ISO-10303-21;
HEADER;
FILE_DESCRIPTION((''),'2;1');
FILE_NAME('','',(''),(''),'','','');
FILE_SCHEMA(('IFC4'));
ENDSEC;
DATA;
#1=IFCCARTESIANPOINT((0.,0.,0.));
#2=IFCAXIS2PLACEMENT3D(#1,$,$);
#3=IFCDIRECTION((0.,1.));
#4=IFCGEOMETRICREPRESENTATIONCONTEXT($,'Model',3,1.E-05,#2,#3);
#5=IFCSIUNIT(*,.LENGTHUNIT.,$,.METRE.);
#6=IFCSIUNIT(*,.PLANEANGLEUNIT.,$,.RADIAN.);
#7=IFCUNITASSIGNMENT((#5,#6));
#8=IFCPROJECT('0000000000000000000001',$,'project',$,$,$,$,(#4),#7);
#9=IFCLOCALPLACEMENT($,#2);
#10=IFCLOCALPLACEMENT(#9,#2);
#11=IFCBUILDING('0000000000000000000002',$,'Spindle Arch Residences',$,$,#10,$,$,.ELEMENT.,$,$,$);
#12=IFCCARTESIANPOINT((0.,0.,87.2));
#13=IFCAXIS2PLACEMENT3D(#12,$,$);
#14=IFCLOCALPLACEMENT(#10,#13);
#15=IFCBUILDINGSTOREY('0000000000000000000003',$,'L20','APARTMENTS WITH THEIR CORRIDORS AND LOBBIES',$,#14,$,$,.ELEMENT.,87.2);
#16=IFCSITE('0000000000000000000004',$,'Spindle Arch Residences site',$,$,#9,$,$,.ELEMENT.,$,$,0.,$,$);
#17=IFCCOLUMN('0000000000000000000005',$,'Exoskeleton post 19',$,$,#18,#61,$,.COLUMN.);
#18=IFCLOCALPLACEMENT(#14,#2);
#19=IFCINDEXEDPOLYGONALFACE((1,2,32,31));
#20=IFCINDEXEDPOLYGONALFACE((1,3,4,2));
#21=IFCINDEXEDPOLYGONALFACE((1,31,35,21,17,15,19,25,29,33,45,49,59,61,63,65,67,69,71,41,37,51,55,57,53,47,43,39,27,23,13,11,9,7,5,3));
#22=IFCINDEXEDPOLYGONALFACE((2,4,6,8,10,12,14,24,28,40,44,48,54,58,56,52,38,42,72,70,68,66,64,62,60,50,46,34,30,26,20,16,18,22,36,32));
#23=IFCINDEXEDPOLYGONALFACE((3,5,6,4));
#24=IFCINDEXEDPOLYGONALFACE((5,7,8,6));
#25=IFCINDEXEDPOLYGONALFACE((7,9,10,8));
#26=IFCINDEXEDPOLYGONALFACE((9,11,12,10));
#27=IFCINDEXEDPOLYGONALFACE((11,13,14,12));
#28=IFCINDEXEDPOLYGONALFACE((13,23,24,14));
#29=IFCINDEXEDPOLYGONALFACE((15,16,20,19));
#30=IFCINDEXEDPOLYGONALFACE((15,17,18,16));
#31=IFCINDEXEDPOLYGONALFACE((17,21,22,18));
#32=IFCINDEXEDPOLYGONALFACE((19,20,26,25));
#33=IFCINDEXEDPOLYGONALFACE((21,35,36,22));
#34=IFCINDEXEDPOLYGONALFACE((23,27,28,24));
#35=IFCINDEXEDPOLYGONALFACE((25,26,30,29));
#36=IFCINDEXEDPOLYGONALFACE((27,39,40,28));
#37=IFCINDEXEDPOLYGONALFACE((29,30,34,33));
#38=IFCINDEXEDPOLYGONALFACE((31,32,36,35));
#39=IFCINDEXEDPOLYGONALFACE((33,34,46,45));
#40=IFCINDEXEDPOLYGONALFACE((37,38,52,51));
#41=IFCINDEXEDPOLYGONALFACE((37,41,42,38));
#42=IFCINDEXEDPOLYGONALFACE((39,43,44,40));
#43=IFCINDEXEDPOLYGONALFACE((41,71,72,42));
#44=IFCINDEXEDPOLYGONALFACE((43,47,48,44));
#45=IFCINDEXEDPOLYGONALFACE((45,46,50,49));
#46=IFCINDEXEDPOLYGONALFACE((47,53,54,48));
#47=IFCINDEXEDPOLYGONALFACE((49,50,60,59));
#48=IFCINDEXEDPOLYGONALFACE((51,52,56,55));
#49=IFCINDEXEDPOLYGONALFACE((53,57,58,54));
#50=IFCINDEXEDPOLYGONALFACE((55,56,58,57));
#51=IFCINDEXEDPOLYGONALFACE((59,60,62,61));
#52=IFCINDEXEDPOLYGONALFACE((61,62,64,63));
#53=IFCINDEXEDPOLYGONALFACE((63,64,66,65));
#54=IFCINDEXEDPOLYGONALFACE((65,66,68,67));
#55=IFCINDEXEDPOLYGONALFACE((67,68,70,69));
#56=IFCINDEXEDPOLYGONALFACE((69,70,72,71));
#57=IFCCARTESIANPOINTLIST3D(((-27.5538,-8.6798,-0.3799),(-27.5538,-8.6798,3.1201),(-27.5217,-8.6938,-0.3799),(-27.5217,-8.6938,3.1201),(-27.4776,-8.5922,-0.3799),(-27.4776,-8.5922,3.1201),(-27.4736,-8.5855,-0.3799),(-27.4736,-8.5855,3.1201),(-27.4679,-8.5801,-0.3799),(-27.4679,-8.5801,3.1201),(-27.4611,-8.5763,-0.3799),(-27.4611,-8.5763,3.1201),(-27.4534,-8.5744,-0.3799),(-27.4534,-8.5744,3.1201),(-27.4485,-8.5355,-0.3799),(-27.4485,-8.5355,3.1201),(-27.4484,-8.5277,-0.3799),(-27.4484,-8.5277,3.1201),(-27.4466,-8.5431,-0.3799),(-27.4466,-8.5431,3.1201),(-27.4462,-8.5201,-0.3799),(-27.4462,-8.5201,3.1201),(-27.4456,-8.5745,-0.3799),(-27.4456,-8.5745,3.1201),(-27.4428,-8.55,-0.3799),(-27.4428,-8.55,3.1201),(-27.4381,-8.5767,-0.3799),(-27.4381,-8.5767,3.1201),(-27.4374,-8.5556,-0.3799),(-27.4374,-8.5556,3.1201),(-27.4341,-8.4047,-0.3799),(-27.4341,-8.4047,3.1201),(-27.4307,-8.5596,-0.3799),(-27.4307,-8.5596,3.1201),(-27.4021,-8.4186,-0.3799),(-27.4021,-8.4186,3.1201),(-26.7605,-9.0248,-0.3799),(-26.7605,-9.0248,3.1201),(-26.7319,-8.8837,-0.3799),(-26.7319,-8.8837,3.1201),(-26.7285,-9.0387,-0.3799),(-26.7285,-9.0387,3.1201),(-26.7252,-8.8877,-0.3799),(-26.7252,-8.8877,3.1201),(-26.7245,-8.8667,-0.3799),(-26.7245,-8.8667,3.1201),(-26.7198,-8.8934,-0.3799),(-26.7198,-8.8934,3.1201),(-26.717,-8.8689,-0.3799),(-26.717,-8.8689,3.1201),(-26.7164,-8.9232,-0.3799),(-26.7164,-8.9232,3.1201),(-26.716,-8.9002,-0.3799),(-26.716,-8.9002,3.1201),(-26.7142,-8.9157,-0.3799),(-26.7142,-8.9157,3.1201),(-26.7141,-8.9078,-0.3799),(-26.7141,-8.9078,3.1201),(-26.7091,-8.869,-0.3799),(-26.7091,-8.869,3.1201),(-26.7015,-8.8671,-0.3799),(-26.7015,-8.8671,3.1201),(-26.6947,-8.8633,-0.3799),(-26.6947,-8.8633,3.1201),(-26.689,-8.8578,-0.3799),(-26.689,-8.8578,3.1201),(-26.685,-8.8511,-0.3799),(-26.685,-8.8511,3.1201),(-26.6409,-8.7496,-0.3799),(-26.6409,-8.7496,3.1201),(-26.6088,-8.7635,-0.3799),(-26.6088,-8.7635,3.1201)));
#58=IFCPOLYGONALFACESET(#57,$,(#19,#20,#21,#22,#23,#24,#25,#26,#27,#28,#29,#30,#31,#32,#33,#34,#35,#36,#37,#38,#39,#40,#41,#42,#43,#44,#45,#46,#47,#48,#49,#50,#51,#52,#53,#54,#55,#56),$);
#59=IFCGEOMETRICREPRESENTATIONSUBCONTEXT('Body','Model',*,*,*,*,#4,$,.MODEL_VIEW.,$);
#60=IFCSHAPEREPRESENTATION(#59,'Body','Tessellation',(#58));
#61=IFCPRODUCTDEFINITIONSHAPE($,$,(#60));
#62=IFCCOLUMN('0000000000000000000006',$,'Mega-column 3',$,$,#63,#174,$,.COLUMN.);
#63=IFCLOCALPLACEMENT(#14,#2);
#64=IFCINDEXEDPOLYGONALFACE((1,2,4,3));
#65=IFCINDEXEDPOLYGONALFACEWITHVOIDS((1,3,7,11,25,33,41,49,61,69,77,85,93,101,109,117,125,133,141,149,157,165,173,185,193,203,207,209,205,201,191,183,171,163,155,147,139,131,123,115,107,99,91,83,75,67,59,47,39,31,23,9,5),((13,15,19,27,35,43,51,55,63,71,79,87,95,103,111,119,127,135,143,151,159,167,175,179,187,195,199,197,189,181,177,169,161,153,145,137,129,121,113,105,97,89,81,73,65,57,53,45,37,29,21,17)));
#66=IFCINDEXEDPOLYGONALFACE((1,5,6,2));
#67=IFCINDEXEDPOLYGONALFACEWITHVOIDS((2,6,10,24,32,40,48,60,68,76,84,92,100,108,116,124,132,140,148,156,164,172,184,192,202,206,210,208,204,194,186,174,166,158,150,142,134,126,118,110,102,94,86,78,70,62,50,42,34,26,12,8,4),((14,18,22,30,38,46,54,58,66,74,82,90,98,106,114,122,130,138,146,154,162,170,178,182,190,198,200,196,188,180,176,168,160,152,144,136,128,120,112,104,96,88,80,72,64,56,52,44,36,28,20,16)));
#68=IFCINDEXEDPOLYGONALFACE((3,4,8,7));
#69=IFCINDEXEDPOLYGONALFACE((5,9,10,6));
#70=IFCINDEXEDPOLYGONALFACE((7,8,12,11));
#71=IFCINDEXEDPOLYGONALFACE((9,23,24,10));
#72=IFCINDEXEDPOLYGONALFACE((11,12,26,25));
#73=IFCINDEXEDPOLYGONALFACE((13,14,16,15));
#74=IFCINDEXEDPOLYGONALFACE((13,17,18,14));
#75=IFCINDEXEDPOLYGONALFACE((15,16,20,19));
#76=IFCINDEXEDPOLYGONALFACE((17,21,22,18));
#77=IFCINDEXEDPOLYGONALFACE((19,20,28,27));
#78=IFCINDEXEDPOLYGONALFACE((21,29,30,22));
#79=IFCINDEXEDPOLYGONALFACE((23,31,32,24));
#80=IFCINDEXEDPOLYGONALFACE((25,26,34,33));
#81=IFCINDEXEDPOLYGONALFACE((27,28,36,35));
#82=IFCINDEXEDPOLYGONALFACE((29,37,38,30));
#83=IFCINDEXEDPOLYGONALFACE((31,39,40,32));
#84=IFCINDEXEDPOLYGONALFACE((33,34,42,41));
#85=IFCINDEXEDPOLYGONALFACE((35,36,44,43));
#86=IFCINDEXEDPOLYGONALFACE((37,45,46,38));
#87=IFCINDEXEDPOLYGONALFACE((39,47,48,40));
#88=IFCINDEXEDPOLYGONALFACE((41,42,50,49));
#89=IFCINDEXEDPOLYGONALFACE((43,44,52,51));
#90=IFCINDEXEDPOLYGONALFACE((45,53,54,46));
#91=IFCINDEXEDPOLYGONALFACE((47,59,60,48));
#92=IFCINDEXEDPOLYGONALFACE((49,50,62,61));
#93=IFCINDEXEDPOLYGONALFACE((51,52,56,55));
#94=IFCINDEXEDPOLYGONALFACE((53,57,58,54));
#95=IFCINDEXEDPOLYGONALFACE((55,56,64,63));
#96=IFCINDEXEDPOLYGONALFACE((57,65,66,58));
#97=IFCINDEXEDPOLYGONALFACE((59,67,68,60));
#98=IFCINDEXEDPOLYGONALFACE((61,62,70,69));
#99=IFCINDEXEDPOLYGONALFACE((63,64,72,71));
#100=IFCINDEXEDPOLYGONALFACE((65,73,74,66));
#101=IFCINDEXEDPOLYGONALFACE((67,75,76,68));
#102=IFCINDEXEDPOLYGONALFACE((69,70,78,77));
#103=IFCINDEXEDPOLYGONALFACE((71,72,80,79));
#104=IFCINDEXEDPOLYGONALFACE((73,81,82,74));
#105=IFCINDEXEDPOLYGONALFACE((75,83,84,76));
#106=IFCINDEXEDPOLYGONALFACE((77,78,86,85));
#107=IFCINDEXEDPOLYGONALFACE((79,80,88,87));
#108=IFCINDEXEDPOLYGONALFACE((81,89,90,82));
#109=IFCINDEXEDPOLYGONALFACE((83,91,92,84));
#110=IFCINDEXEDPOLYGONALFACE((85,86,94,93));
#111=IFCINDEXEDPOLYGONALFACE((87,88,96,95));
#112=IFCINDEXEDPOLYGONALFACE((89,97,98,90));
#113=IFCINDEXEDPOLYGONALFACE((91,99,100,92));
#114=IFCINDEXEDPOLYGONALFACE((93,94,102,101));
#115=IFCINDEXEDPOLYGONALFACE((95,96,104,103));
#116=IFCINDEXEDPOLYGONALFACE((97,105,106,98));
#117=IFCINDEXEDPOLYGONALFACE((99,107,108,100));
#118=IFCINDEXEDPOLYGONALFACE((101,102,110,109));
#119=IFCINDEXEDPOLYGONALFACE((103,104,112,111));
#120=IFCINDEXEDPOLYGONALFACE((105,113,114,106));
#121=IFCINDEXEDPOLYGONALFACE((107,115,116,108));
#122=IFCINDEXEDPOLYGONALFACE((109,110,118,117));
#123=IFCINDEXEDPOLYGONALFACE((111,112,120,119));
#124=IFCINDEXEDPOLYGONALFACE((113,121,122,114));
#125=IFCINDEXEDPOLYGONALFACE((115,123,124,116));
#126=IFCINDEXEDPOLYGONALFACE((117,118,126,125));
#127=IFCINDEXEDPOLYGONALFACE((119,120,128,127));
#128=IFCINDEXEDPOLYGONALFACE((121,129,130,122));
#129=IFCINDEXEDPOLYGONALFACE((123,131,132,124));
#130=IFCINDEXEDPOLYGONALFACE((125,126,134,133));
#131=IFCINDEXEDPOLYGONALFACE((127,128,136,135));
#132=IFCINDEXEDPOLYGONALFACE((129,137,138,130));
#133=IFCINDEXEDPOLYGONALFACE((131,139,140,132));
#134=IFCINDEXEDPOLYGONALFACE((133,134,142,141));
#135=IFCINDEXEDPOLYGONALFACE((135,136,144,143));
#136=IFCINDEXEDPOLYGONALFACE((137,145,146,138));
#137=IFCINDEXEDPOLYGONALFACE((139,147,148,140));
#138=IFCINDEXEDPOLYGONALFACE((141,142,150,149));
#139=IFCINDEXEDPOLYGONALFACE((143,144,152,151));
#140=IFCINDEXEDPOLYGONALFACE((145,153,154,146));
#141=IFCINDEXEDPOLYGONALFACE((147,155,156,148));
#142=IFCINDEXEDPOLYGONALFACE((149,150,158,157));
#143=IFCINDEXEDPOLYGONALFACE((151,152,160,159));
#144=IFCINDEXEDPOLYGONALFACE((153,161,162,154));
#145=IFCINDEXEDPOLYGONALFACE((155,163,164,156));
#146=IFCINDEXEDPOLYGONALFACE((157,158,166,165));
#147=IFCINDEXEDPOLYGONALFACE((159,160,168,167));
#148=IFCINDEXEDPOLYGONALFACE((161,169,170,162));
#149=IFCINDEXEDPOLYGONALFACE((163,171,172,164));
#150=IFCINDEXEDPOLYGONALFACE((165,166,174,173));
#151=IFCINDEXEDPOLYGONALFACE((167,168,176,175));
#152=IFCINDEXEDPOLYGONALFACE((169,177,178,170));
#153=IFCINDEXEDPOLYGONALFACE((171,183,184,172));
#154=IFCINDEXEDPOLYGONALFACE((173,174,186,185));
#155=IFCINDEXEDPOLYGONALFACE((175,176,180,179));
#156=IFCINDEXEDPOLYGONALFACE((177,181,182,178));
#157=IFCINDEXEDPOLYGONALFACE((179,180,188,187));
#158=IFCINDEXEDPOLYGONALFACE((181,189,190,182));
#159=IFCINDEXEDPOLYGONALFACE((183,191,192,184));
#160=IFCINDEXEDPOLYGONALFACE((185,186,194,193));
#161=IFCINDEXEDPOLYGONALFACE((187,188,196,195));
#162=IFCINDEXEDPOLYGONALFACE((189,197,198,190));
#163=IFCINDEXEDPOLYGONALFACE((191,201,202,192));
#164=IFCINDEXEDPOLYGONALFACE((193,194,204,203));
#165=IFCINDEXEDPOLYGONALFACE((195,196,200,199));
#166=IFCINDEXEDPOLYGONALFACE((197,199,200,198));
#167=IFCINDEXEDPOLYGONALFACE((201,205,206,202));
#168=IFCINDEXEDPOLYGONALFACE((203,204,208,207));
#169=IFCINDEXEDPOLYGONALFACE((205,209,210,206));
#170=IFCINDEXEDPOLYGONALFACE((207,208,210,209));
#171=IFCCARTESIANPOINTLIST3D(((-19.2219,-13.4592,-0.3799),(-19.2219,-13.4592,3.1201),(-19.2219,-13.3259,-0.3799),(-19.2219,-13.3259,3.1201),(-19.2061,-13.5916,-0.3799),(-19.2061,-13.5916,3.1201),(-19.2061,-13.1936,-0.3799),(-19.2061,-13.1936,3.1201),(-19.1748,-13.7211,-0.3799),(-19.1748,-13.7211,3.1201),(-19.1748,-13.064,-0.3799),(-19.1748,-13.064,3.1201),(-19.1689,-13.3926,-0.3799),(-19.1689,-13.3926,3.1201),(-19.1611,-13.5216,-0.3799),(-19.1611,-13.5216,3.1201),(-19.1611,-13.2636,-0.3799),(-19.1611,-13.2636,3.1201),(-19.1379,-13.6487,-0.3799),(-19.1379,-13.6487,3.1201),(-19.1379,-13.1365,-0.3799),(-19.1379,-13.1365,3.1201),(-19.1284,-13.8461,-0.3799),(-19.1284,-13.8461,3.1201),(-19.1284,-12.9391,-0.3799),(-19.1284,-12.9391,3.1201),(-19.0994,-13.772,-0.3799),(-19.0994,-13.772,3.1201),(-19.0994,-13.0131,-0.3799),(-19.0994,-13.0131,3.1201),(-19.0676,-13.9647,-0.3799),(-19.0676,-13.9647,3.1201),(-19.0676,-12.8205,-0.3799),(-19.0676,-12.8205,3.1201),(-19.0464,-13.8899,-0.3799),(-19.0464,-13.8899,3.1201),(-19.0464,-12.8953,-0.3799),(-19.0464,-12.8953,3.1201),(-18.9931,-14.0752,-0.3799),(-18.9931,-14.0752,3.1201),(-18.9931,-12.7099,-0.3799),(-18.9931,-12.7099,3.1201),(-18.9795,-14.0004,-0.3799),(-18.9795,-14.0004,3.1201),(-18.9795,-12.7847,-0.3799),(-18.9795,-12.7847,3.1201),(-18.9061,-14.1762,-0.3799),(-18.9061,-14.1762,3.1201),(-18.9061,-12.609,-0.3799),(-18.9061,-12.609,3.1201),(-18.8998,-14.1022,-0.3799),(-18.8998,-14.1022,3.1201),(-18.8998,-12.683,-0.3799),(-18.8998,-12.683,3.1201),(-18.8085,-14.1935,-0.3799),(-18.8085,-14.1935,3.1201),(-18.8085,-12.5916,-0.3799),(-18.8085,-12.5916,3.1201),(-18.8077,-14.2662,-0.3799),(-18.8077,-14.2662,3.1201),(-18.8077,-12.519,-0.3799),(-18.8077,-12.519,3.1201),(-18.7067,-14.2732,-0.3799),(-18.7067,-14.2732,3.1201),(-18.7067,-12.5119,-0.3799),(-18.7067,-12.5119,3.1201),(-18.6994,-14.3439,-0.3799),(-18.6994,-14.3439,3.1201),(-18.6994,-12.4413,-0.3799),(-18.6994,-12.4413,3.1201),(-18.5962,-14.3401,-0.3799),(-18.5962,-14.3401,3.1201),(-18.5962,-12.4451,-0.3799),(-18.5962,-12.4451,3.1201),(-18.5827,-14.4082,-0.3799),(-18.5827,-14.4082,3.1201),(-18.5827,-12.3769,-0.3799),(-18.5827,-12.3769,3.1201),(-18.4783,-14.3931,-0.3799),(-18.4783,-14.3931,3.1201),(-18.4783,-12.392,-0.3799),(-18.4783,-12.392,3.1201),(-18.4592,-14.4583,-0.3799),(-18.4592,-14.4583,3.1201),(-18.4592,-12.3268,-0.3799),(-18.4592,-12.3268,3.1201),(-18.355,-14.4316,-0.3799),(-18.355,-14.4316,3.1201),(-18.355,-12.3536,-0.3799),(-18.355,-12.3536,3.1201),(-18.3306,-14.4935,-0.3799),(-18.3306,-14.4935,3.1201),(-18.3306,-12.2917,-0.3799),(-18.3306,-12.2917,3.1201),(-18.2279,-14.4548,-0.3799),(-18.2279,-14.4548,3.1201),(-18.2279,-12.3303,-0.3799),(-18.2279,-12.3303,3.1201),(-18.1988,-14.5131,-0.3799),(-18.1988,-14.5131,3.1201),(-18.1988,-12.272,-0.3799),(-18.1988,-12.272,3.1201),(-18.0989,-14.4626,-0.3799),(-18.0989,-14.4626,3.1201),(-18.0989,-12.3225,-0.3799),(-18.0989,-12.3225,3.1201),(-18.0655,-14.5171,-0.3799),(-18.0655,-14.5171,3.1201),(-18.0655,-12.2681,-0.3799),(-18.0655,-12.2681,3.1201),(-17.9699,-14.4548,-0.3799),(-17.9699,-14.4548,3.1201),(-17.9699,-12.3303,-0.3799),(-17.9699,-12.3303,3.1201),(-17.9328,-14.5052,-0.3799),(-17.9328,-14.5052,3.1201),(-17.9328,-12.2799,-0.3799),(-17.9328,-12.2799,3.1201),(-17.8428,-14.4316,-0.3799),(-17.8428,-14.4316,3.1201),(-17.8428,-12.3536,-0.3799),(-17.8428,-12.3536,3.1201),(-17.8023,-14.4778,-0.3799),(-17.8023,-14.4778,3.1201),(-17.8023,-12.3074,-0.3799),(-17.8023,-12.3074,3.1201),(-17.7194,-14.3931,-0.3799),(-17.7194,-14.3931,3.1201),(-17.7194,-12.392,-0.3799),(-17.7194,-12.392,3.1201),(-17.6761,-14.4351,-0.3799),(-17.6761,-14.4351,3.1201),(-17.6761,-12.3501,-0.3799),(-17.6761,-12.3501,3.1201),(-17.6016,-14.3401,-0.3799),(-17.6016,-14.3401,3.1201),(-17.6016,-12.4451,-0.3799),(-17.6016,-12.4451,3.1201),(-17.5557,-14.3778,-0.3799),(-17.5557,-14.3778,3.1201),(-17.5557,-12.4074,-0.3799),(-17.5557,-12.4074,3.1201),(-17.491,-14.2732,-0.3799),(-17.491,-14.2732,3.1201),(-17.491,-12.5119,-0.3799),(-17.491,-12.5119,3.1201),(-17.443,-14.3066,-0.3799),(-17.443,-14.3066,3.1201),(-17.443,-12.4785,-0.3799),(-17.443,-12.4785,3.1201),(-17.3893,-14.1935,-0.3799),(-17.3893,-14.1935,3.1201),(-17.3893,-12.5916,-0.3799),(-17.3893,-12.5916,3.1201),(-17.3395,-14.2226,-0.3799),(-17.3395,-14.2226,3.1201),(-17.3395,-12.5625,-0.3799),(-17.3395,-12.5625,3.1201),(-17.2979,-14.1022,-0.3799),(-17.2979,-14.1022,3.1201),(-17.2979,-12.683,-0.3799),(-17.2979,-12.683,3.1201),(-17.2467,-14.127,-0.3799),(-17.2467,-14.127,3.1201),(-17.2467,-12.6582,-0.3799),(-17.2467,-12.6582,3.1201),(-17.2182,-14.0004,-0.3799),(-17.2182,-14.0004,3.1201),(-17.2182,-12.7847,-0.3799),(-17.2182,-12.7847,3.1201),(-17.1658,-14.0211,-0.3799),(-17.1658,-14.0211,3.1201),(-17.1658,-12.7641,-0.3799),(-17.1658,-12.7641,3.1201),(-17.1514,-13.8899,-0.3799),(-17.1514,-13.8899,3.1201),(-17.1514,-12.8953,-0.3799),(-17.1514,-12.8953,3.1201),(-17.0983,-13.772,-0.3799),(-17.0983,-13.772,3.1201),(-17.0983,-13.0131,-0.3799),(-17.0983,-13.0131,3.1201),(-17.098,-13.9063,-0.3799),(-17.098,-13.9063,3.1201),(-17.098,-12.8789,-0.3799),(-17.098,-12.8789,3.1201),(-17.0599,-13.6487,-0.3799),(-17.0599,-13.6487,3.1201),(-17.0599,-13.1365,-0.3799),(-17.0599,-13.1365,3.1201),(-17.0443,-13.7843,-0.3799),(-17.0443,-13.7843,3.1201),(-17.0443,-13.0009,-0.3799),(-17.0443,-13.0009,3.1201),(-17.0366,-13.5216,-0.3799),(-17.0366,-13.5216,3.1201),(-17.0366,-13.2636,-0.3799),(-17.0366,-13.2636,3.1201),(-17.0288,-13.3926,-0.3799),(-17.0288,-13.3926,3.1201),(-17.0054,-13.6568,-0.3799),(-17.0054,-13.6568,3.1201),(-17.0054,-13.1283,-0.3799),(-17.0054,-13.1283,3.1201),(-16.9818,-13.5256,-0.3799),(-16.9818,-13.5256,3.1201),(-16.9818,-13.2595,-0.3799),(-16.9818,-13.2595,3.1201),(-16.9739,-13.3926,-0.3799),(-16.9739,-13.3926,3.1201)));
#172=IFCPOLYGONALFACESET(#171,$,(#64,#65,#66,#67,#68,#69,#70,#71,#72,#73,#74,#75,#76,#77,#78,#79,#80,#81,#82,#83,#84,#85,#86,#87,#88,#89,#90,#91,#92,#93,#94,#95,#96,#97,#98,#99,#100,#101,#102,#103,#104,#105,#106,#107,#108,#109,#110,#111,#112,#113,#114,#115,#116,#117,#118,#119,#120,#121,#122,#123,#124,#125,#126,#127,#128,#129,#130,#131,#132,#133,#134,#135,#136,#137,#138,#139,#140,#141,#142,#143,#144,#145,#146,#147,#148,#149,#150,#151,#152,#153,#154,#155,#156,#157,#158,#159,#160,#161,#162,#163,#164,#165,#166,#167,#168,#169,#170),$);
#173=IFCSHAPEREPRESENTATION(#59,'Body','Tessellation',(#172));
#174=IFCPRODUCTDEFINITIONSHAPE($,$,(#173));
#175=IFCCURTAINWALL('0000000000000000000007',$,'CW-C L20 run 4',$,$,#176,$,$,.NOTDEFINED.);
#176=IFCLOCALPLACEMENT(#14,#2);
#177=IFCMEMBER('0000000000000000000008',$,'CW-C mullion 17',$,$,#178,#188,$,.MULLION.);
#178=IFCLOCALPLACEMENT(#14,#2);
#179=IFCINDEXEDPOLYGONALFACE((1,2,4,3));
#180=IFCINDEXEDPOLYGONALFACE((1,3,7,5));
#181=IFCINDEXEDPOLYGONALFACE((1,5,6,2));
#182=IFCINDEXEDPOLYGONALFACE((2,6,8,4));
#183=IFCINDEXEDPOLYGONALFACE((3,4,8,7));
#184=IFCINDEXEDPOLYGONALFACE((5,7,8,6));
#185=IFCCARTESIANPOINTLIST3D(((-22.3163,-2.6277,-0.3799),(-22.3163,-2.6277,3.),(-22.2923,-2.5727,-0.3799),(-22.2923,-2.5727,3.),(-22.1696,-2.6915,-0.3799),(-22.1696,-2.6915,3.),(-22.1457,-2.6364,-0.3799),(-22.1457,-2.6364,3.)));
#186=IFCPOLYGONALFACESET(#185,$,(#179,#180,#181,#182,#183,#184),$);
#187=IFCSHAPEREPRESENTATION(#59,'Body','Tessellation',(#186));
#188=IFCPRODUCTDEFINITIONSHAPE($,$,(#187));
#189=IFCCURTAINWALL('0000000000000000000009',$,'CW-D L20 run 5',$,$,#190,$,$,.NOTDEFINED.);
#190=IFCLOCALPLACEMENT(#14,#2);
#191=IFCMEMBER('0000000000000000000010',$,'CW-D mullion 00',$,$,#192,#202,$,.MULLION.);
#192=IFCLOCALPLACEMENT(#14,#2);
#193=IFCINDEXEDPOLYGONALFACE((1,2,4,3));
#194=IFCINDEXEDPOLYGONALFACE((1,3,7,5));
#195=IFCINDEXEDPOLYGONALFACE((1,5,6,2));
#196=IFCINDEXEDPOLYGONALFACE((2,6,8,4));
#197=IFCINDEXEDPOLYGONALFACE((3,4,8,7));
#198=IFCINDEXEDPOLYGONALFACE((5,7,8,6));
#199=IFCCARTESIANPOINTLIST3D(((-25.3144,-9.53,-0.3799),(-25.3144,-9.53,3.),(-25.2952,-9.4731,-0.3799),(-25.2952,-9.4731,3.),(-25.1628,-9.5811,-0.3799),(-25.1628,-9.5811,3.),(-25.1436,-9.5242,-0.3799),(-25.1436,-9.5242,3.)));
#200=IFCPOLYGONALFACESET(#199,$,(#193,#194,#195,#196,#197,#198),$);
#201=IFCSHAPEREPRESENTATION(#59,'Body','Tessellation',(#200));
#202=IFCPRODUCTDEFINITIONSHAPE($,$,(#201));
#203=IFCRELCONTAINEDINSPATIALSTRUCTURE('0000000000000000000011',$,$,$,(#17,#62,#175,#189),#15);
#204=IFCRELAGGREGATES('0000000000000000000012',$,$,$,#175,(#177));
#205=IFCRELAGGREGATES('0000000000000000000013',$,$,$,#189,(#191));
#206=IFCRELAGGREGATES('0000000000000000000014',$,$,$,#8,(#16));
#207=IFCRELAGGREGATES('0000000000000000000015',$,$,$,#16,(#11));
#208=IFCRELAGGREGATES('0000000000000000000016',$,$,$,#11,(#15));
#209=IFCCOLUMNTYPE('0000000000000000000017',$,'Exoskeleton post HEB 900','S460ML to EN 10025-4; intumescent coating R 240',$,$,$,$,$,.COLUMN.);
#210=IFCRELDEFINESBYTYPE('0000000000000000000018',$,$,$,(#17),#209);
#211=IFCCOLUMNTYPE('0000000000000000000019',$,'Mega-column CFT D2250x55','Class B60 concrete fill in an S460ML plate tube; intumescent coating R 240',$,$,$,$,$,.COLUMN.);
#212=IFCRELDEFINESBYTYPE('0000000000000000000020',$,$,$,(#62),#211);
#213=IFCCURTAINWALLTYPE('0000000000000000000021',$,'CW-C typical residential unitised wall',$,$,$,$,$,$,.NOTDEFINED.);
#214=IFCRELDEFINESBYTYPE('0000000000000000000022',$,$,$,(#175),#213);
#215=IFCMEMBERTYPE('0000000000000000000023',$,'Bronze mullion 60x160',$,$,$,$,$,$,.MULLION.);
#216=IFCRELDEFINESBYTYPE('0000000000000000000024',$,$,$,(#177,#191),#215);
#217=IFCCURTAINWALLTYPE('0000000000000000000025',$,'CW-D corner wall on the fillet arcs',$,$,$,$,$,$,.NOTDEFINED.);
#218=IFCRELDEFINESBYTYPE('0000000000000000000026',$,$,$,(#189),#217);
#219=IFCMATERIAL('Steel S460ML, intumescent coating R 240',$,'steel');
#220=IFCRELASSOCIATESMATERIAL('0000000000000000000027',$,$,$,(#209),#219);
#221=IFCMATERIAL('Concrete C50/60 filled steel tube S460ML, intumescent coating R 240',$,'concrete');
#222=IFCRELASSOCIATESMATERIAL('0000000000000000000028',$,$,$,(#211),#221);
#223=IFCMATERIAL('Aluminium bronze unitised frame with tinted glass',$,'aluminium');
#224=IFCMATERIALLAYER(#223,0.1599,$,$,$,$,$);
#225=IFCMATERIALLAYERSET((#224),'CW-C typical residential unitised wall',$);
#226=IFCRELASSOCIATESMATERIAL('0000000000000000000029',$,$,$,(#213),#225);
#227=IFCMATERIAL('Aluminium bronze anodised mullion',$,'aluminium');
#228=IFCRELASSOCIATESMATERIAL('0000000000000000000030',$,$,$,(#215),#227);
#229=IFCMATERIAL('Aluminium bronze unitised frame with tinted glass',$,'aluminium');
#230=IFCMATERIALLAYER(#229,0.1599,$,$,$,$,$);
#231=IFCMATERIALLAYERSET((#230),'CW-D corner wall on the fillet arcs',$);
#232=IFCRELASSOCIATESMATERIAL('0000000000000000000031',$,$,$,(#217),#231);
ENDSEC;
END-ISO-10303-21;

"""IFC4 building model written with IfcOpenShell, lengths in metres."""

from ifc_helpers import new_model, si_unit, direction, frame, origin, origin_2d, place, context, subcontext, project, spatial, rectangle, hollow_circle, i_section, extrude, material, layer, layer_set, material_profile, profile_set, type_object, element, aggregate, save


model = new_model("IFC4")

# Units and contexts
model_context = context("Model", 3, precision=1e-05, world=origin(), true_north=direction((0.0, 1.0)))
body_context = subcontext(model_context, "Body", "Model", "MODEL_VIEW")
ifc_project = project(units=[si_unit("LENGTHUNIT", "METRE"), si_unit("PLANEANGLEUNIT", "RADIAN")], contexts=[model_context])

# Site, building, storey
site_placement = place(None, origin())
site = spatial("IfcSite", under=ifc_project, at=site_placement, Name="Spindle Arch Residences site", CompositionType="ELEMENT", RefElevation=0.0)
building_placement = place(site_placement, origin())
building = spatial("IfcBuilding", under=site, at=building_placement, Name="Spindle Arch Residences", CompositionType="ELEMENT")
storey_placement = place(building_placement, frame((0.0, 0.0, 87.2)))
storey = spatial("IfcBuildingStorey", under=building, at=storey_placement, Name="L20", Description="APARTMENTS WITH THEIR CORRIDORS AND LOBBIES", CompositionType="ELEMENT", Elevation=87.2)

# Columns
ifc_material_1 = material(Name="Steel S460ML, intumescent coating R 240", Category="steel")
ifc_material_profile_1 = material_profile(ifc_material_1, i_section(OverallWidth=0.3, OverallDepth=0.8999, WebThickness=0.0186, FlangeThickness=0.0349, FilletRadius=0.03, at=origin_2d()), Name="HEB 900")
ifc_profile_set_1 = profile_set([ifc_material_profile_1], Name="Steel S460ML, intumescent coating R 240")
column_type_1 = type_object("IfcColumnType", Name="Exoskeleton post HEB 900", Description="S460ML to EN 10025-4; intumescent coating R 240", PredefinedType="COLUMN", material=ifc_profile_set_1)
column_1_placement = place(storey_placement, frame((-27.0813, -8.7217, -0.3799), z_axis=(0.0, 0.0, 1.0), x_axis=(0.398749, 0.91706, 0.0)))
element("IfcColumn", 1, at=column_1_placement, inside=storey, type_object=column_type_1, Name="Exoskeleton post 19", PredefinedType="COLUMN", context=body_context, shape_type="SweptSolid", body=[
    extrude(i_section(OverallWidth=0.3, OverallDepth=0.8999, WebThickness=0.0186, FlangeThickness=0.0349, FilletRadius=0.03, at=origin_2d()), origin(), (0.0, 0.0, 1.0), 3.5),
])
ifc_material_2 = material(Name="Concrete C50/60 filled steel tube S460ML, intumescent coating R 240", Category="concrete")
ifc_material_profile_2 = material_profile(ifc_material_2, hollow_circle(Radius=1.125, WallThickness=0.0549, at=origin_2d()), Name="CFT D2250x55")
ifc_profile_set_2 = profile_set([ifc_material_profile_2], Name="Concrete C50/60 filled steel tube S460ML, intumescent coating R 240")
column_type_2 = type_object("IfcColumnType", Name="Mega-column CFT D2250x55", Description="Class B60 concrete fill in an S460ML plate tube; intumescent coating R 240", PredefinedType="COLUMN", material=ifc_profile_set_2)
column_2_placement = place(storey_placement, frame((-18.0989, -13.3926, -0.3799), z_axis=(0.0, 0.0, 1.0), x_axis=(1.0, 0.0, 0.0)))
element("IfcColumn", 2, at=column_2_placement, inside=storey, type_object=column_type_2, Name="Mega-column 3", PredefinedType="COLUMN", context=body_context, shape_type="SweptSolid", body=[
    extrude(hollow_circle(Radius=1.125, WallThickness=0.0549, at=origin_2d()), origin(), (0.0, 0.0, 1.0), 3.5),
])

# Curtain wall, member
ifc_material_3 = material(Name="Aluminium bronze unitised frame with tinted glass", Category="aluminium")
ifc_layer_1 = layer(ifc_material_3, 0.1599)
ifc_layer_set_1 = layer_set([ifc_layer_1], Name="CW-C typical residential unitised wall")
curtain_wall_type_1 = type_object("IfcCurtainWallType", Name="CW-C typical residential unitised wall", PredefinedType="NOTDEFINED", material=ifc_layer_set_1)
curtain_wall_1_placement = place(storey_placement, origin())
curtain_wall_1 = element("IfcCurtainWall", 3, at=curtain_wall_1_placement, inside=storey, type_object=curtain_wall_type_1, Name="CW-C L20 run 4", PredefinedType="NOTDEFINED")
ifc_material_4 = material(Name="Aluminium bronze anodised mullion", Category="aluminium")
ifc_material_profile_3 = material_profile(ifc_material_4, rectangle(XDim=0.1599, YDim=0.0601, at=origin_2d()), Name="MU 60x160")
ifc_profile_set_3 = profile_set([ifc_material_profile_3], Name="Aluminium bronze anodised mullion")
member_type_1 = type_object("IfcMemberType", Name="Bronze mullion 60x160", PredefinedType="MULLION", material=ifc_profile_set_3)
member_1_placement = place(storey_placement, frame((-22.231, -2.6321, -0.3799), z_axis=(0.0, 0.0, 1.0), x_axis=(0.91706, -0.398749, 0.0)))
member_1 = element("IfcMember", 4, at=member_1_placement, type_object=member_type_1, Name="CW-C mullion 17", PredefinedType="MULLION", context=body_context, shape_type="SweptSolid", body=[
    extrude(rectangle(XDim=0.1599, YDim=0.0601, at=origin_2d()), origin(), (0.0, 0.0, 1.0), 3.3799),
])

# Curtain wall, member
ifc_material_5 = material(Name="Aluminium bronze unitised frame with tinted glass", Category="aluminium")
ifc_layer_2 = layer(ifc_material_5, 0.1599)
ifc_layer_set_2 = layer_set([ifc_layer_2], Name="CW-D corner wall on the fillet arcs")
curtain_wall_type_2 = type_object("IfcCurtainWallType", Name="CW-D corner wall on the fillet arcs", PredefinedType="NOTDEFINED", material=ifc_layer_set_2)
curtain_wall_2_placement = place(storey_placement, origin())
curtain_wall_2 = element("IfcCurtainWall", 5, at=curtain_wall_2_placement, inside=storey, type_object=curtain_wall_type_2, Name="CW-D L20 run 5", PredefinedType="NOTDEFINED")
member_2_placement = place(storey_placement, frame((-25.229, -9.5271, -0.3799), z_axis=(0.0, 0.0, 1.0), x_axis=(0.94751, -0.319727, 0.0)))
member_2 = element("IfcMember", 6, at=member_2_placement, type_object=member_type_1, Name="CW-D mullion 00", PredefinedType="MULLION", context=body_context, shape_type="SweptSolid", body=[
    extrude(rectangle(XDim=0.1599, YDim=0.0601, at=origin_2d()), origin(), (0.0, 0.0, 1.0), 3.3799),
])

aggregate(curtain_wall_1, [member_1])
aggregate(curtain_wall_2, [member_2])

save(model, "model.ifc")
